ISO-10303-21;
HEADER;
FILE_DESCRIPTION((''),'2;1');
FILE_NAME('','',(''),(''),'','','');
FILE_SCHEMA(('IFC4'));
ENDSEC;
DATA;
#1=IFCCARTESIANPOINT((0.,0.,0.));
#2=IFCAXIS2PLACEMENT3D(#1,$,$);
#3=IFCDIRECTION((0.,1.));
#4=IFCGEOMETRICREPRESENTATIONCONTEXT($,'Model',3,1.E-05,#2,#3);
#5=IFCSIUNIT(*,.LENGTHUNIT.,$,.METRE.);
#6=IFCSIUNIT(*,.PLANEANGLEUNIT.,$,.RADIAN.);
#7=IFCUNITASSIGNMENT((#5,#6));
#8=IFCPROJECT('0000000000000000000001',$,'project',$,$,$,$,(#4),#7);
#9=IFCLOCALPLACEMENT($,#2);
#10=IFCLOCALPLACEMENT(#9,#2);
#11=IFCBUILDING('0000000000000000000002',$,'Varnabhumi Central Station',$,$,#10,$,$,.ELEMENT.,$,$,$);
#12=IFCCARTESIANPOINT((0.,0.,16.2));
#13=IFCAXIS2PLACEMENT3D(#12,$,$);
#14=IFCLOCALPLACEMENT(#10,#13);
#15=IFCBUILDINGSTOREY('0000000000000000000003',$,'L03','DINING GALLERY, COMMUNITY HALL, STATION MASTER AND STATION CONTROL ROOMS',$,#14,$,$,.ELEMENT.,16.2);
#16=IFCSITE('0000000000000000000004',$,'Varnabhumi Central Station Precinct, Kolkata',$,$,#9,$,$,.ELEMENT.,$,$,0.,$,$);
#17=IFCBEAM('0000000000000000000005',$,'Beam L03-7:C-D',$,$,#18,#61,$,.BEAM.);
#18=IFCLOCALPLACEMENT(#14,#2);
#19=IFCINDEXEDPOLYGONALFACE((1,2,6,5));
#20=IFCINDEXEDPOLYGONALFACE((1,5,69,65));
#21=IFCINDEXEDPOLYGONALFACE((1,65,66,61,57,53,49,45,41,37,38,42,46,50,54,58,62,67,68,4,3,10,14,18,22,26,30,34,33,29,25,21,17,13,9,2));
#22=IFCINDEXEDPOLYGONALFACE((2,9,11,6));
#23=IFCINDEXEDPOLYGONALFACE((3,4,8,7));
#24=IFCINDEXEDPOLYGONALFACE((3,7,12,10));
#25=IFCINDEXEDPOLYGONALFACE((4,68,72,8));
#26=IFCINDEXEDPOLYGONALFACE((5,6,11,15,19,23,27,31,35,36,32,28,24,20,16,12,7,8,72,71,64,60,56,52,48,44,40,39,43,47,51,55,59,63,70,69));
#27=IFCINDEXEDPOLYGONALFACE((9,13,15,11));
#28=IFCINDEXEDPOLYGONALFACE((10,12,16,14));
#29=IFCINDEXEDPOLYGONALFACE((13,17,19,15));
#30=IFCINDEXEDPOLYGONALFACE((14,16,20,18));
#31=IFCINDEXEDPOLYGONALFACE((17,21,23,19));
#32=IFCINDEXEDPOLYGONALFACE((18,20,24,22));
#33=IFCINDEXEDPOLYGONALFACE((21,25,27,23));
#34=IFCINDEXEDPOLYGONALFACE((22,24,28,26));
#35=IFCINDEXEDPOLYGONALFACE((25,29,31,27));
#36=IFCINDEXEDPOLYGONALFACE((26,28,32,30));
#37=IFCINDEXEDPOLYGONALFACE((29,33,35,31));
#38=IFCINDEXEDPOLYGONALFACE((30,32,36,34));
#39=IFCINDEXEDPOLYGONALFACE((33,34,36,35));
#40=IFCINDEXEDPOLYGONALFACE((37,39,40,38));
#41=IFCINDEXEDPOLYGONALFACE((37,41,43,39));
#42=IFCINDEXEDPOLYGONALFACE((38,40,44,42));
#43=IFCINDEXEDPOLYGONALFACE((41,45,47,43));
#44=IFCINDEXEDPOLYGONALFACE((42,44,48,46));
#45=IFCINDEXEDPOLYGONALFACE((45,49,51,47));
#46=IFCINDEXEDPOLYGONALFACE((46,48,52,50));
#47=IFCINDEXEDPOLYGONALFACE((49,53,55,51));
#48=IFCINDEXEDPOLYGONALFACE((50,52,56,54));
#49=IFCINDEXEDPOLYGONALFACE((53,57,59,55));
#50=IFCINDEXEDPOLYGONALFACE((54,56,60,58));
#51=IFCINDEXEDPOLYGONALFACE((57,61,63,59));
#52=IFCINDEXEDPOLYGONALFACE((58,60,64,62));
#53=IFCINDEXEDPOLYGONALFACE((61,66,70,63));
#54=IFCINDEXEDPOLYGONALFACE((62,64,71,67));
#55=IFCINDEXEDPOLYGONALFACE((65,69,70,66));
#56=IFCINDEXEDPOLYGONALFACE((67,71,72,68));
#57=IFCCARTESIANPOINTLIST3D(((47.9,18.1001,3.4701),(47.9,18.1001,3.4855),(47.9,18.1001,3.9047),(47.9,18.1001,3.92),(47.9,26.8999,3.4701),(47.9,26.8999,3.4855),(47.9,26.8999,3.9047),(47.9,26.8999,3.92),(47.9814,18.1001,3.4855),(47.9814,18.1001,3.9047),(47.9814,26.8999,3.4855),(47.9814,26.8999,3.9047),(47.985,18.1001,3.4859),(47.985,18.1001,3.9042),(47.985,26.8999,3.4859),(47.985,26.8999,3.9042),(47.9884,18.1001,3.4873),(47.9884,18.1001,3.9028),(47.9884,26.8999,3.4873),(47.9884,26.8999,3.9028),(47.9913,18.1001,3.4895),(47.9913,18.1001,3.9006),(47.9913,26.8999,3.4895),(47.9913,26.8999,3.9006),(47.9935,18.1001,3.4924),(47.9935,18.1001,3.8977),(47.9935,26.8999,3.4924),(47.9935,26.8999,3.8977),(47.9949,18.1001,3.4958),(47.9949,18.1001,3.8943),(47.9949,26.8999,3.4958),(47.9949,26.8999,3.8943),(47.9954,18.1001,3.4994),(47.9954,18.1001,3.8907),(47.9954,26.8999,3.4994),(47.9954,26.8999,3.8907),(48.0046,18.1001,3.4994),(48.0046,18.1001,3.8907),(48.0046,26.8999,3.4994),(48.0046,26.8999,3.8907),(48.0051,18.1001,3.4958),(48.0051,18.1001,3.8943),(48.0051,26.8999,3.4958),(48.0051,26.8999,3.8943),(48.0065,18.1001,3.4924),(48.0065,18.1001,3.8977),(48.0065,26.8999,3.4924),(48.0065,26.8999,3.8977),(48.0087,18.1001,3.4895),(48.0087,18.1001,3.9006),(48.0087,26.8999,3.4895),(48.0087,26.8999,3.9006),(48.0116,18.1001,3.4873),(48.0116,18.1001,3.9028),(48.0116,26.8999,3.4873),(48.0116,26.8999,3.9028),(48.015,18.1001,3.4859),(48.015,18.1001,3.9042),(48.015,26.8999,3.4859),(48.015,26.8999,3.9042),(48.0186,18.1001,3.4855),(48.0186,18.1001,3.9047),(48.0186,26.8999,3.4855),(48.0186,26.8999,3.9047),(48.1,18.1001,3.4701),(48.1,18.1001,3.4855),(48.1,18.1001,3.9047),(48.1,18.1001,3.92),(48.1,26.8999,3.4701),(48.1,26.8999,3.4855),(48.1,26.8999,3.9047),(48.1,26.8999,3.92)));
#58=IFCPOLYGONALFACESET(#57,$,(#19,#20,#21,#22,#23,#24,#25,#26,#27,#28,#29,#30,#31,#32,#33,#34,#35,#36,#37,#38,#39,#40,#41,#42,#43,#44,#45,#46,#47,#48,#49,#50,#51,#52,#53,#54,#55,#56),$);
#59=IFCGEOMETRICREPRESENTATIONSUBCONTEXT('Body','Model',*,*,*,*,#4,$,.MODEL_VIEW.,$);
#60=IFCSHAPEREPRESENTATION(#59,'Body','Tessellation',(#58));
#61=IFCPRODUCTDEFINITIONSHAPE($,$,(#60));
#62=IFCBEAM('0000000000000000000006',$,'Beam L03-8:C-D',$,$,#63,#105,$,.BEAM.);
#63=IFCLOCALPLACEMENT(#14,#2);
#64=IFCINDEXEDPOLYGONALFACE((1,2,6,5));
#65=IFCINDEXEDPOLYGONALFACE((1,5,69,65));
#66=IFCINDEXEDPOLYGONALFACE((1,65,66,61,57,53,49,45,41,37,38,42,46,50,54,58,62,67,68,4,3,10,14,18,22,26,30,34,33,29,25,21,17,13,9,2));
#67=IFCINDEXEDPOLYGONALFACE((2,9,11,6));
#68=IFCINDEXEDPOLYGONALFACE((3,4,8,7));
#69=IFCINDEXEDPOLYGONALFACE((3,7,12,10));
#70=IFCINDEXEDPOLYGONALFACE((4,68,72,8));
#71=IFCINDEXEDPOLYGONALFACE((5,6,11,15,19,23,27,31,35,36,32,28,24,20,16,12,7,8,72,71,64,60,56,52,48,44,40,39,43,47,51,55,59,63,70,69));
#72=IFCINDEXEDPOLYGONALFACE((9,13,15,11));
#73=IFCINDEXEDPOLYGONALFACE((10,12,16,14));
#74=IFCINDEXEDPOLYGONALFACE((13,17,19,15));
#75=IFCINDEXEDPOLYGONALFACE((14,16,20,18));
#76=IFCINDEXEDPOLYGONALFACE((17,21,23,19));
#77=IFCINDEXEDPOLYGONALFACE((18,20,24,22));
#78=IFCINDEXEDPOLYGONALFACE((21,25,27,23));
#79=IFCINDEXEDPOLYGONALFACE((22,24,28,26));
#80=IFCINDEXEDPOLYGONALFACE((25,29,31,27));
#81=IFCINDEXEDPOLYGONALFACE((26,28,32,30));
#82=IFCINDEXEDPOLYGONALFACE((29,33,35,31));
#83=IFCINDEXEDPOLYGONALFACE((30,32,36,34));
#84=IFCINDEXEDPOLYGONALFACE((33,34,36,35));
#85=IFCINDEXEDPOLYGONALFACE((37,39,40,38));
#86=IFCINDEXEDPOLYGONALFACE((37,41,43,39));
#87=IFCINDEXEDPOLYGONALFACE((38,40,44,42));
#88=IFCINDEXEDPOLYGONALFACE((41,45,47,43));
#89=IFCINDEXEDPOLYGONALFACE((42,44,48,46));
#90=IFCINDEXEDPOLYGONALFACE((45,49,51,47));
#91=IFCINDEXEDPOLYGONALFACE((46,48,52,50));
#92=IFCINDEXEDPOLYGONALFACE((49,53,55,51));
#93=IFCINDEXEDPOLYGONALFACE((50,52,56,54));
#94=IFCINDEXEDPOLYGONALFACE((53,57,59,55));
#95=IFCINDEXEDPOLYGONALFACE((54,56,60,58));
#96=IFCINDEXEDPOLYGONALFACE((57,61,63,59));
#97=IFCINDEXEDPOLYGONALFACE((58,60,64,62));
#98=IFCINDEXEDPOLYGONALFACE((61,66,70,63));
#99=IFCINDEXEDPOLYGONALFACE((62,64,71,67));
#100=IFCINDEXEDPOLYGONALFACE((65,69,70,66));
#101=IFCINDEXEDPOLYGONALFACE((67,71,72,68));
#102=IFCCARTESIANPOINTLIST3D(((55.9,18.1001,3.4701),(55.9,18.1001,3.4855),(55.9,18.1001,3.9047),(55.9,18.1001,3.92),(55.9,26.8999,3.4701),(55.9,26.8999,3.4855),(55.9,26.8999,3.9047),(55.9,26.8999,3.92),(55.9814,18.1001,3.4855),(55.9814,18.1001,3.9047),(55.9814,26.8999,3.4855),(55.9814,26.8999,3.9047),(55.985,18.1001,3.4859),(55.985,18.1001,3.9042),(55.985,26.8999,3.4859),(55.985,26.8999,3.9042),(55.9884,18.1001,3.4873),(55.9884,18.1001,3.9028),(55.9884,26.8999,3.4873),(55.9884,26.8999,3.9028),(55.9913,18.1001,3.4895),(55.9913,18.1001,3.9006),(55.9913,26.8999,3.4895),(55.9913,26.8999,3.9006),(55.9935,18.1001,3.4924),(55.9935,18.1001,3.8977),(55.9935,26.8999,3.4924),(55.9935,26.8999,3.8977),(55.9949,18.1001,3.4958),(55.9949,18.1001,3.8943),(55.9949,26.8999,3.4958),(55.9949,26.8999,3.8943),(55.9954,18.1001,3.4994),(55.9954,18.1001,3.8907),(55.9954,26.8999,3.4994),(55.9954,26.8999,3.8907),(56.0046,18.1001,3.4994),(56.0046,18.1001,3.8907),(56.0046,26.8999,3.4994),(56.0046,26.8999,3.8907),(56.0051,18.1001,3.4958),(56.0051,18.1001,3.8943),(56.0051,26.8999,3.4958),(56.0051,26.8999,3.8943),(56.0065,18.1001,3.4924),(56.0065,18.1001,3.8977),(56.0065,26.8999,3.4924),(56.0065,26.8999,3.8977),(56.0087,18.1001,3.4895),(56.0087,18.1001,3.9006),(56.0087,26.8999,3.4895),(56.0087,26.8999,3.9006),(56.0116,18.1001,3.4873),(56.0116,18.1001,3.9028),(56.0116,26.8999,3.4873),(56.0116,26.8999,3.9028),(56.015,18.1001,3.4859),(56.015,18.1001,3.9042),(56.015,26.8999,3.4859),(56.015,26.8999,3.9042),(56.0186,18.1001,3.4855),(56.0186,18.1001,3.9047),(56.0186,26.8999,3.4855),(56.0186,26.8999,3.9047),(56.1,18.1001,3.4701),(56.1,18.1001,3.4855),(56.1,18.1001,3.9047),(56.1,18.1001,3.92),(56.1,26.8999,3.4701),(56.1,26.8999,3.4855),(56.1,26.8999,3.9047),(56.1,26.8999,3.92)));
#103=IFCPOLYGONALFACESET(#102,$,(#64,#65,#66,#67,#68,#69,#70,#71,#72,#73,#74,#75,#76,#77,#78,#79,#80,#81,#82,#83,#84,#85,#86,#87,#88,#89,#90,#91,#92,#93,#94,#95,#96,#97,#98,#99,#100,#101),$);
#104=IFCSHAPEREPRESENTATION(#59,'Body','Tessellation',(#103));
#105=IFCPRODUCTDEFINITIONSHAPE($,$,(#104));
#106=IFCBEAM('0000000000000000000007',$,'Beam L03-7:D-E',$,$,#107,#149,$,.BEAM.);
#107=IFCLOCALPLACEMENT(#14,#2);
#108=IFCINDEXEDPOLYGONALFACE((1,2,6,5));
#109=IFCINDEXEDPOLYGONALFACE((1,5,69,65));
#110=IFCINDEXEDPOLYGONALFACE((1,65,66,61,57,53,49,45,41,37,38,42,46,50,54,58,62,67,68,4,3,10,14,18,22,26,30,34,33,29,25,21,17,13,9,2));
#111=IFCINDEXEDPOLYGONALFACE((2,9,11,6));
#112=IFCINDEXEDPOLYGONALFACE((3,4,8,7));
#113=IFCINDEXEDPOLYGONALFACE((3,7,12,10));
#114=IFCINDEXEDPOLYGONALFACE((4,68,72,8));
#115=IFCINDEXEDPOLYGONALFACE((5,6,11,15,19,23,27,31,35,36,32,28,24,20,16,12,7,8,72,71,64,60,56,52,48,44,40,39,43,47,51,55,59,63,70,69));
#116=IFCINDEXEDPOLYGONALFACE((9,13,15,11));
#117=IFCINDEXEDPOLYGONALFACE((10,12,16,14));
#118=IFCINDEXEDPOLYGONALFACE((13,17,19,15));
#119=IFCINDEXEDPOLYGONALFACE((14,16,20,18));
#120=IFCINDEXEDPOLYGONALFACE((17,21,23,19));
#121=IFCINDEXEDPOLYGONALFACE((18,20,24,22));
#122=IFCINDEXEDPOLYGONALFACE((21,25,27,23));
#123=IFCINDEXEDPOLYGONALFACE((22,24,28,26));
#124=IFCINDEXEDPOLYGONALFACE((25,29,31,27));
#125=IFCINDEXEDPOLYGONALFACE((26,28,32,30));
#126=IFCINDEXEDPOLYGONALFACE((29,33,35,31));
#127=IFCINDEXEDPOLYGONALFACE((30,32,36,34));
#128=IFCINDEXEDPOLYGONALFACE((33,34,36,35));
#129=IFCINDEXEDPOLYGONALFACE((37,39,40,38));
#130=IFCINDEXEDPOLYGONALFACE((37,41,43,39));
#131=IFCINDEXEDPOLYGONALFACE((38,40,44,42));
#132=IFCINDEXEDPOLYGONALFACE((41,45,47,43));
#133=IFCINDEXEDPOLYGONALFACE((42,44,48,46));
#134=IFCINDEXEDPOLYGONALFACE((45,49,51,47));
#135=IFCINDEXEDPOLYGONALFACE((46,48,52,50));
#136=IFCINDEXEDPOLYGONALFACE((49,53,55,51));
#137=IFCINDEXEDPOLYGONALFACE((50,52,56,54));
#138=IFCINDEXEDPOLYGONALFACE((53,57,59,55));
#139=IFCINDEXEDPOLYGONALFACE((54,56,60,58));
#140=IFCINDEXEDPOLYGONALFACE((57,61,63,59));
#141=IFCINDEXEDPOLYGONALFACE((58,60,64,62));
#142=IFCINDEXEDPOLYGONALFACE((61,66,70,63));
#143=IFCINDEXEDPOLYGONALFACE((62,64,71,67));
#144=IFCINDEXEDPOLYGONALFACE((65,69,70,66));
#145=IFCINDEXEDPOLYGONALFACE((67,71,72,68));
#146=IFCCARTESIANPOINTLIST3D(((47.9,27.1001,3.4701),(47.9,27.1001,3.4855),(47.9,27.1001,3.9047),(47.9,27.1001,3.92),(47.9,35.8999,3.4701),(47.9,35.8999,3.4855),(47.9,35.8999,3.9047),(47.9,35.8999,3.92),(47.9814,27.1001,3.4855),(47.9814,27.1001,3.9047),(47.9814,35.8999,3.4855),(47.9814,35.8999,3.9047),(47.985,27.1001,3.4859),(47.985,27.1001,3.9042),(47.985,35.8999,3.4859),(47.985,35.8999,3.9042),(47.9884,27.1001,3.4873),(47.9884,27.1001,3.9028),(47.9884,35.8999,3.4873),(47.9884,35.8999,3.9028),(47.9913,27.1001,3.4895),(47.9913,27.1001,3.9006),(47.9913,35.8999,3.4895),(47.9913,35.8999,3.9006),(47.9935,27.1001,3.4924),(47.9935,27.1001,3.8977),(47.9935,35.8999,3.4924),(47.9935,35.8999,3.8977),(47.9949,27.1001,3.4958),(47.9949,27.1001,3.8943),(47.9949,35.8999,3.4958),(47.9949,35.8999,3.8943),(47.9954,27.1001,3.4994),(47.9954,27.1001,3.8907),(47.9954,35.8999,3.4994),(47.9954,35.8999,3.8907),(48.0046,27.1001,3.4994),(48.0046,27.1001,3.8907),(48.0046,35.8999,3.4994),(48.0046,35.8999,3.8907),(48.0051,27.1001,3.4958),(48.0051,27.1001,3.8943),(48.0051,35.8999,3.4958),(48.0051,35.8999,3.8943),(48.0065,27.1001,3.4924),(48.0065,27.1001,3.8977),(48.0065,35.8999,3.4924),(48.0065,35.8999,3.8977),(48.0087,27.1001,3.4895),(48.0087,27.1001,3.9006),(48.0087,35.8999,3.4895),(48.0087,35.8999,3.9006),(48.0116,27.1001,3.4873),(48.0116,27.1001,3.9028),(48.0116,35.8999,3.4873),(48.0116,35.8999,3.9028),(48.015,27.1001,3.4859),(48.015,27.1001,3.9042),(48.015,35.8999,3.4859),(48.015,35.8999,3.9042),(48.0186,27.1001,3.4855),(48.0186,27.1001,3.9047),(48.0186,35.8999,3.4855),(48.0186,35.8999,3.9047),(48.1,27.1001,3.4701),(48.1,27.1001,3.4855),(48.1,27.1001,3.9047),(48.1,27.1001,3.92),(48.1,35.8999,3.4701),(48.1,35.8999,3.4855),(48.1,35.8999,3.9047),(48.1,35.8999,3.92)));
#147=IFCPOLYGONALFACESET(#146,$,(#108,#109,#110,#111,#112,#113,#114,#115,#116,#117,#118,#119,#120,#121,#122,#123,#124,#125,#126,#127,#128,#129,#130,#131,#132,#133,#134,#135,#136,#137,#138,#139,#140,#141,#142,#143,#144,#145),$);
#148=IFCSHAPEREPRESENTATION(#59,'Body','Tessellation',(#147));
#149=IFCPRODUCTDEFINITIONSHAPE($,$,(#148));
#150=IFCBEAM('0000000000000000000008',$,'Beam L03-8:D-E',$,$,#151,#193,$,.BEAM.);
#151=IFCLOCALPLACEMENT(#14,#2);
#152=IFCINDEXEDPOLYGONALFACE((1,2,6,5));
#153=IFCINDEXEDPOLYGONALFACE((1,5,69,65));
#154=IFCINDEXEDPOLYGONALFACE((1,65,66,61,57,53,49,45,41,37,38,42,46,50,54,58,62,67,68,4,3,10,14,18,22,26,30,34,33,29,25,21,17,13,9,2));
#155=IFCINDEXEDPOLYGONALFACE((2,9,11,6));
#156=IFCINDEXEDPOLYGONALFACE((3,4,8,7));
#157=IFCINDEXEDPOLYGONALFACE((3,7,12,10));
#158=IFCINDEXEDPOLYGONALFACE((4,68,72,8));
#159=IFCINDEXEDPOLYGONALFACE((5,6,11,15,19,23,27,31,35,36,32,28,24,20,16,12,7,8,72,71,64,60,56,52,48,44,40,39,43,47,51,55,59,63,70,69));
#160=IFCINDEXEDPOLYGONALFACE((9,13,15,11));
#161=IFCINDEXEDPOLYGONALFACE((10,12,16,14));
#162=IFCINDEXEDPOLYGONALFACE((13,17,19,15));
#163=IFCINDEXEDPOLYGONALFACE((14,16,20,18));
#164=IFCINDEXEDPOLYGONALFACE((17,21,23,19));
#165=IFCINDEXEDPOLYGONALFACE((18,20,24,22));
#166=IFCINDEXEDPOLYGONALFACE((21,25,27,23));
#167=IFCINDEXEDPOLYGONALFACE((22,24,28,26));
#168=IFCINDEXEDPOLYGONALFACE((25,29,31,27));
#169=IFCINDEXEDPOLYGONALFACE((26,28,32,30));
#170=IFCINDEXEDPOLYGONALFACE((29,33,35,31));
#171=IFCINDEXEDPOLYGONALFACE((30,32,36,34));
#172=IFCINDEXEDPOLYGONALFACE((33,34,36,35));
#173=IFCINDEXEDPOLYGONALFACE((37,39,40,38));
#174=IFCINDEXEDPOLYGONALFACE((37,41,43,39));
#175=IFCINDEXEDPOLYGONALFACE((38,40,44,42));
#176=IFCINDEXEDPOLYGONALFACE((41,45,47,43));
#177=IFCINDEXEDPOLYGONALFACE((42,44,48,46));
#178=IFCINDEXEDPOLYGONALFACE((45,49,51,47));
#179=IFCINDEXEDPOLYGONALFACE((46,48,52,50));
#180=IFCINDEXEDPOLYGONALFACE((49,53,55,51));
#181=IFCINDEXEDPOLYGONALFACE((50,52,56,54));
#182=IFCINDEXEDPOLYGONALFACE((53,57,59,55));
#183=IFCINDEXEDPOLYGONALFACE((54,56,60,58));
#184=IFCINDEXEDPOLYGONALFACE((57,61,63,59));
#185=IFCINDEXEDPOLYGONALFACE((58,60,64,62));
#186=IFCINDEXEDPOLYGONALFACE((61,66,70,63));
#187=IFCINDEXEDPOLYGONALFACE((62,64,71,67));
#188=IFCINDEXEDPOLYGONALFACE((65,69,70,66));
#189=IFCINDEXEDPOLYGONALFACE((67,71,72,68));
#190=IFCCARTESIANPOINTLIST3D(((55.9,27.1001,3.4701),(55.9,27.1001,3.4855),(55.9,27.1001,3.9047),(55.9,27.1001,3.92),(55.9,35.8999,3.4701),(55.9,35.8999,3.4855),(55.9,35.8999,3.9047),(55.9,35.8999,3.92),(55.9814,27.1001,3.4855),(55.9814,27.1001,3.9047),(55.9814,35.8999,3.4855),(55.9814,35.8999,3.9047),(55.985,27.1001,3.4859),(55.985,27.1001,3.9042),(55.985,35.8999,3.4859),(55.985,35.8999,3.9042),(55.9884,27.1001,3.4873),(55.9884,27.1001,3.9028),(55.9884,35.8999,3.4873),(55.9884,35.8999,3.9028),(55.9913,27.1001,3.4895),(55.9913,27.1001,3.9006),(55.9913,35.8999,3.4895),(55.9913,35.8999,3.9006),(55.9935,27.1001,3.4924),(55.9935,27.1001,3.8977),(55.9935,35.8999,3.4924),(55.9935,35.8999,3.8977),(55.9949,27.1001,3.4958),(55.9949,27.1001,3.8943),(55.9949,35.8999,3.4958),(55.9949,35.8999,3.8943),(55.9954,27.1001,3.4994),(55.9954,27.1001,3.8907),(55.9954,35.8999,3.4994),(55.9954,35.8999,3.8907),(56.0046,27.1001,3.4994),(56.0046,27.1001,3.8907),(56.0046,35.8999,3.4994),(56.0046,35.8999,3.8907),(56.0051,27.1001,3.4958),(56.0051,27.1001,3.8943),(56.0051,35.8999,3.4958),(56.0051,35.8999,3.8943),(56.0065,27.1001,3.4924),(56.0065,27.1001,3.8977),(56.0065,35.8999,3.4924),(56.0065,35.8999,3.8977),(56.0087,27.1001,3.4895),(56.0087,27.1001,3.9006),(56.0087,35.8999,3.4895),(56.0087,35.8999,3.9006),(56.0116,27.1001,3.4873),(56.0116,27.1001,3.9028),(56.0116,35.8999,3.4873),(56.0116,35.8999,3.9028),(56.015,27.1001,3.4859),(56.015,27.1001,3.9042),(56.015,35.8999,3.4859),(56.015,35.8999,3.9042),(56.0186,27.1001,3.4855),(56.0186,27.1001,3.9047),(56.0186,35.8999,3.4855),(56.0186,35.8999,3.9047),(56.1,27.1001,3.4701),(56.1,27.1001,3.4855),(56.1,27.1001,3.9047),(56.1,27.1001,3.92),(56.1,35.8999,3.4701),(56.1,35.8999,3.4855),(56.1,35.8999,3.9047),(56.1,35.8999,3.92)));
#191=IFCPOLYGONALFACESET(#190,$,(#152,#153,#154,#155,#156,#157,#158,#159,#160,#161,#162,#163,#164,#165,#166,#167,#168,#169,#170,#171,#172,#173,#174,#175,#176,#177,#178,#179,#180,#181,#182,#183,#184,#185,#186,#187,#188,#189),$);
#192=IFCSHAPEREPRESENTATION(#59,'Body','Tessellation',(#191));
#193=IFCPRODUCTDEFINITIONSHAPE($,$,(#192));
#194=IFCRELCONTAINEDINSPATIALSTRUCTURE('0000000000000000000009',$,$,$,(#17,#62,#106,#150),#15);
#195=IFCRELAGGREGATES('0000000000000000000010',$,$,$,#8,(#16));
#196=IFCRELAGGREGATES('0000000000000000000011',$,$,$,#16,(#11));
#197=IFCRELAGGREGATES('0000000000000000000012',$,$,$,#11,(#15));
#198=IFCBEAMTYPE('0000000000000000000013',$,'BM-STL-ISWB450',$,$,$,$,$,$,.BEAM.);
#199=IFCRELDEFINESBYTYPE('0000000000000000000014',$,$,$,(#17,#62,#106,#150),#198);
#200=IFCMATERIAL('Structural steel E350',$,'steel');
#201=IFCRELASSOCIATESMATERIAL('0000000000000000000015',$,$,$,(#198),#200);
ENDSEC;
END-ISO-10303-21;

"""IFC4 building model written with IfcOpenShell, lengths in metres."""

from ifc_helpers import new_model, si_unit, direction, frame, origin, origin_2d, place, context, subcontext, project, spatial, i_section, extrude, material, material_profile, profile_set, type_object, element, save


model = new_model("IFC4")

# Units and contexts
model_context = context("Model", 3, precision=1e-05, world=origin(), true_north=direction((0.0, 1.0)))
body_context = subcontext(model_context, "Body", "Model", "MODEL_VIEW")
ifc_project = project(units=[si_unit("LENGTHUNIT", "METRE"), si_unit("PLANEANGLEUNIT", "RADIAN")], contexts=[model_context])

# Site, building, storey
site_placement = place(None, origin())
site = spatial("IfcSite", under=ifc_project, at=site_placement, Name="Varnabhumi Central Station Precinct, Kolkata", CompositionType="ELEMENT", RefElevation=0.0)
building_placement = place(site_placement, origin())
building = spatial("IfcBuilding", under=site, at=building_placement, Name="Varnabhumi Central Station", CompositionType="ELEMENT")
storey_placement = place(building_placement, frame((0.0, 0.0, 16.2)))
storey = spatial("IfcBuildingStorey", under=building, at=storey_placement, Name="L03", Description="DINING GALLERY, COMMUNITY HALL, STATION MASTER AND STATION CONTROL ROOMS", CompositionType="ELEMENT", Elevation=16.2)

# Beams
ifc_material_1 = material(Name="Structural steel E350", Category="steel")
ifc_material_profile_1 = material_profile(ifc_material_1, i_section(OverallWidth=0.2, OverallDepth=0.45, WebThickness=0.0093, FlangeThickness=0.0154, FilletRadius=0.0139, at=origin_2d()), Name="Structural steel E350", Category="steel")
ifc_profile_set_1 = profile_set([ifc_material_profile_1], Name="Structural steel E350")
beam_type_1 = type_object("IfcBeamType", Name="BM-STL-ISWB450", PredefinedType="BEAM", material=ifc_profile_set_1)
for number, where, z_axis, x_axis, name in (
    (1, (48.0, 18.1001, 3.6951), (0.0, 1.0, 0.0), (-1.0, 0.0, 0.0), "Beam L03-7:C-D"),
    (2, (56.0, 18.1001, 3.6951), (0.0, 1.0, 0.0), (-1.0, 0.0, 0.0), "Beam L03-8:C-D"),
    (3, (48.0, 27.1001, 3.6951), (0.0, 1.0, 0.0), (-1.0, 0.0, 0.0), "Beam L03-7:D-E"),
    (4, (56.0, 27.1001, 3.6951), (0.0, 1.0, 0.0), (-1.0, 0.0, 0.0), "Beam L03-8:D-E"),
):
    element("IfcBeam", number, at=place(storey_placement, frame(where, z_axis=z_axis, x_axis=x_axis)), inside=storey, type_object=beam_type_1, Name=name, PredefinedType="BEAM", context=body_context, shape_type="SweptSolid", body=[
        extrude(i_section(OverallWidth=0.2, OverallDepth=0.45, WebThickness=0.0093, FlangeThickness=0.0154, FilletRadius=0.0139, at=origin_2d()), origin(), (0.0, 0.0, 1.0), 8.7998),
    ])

save(model, "model.ifc")
